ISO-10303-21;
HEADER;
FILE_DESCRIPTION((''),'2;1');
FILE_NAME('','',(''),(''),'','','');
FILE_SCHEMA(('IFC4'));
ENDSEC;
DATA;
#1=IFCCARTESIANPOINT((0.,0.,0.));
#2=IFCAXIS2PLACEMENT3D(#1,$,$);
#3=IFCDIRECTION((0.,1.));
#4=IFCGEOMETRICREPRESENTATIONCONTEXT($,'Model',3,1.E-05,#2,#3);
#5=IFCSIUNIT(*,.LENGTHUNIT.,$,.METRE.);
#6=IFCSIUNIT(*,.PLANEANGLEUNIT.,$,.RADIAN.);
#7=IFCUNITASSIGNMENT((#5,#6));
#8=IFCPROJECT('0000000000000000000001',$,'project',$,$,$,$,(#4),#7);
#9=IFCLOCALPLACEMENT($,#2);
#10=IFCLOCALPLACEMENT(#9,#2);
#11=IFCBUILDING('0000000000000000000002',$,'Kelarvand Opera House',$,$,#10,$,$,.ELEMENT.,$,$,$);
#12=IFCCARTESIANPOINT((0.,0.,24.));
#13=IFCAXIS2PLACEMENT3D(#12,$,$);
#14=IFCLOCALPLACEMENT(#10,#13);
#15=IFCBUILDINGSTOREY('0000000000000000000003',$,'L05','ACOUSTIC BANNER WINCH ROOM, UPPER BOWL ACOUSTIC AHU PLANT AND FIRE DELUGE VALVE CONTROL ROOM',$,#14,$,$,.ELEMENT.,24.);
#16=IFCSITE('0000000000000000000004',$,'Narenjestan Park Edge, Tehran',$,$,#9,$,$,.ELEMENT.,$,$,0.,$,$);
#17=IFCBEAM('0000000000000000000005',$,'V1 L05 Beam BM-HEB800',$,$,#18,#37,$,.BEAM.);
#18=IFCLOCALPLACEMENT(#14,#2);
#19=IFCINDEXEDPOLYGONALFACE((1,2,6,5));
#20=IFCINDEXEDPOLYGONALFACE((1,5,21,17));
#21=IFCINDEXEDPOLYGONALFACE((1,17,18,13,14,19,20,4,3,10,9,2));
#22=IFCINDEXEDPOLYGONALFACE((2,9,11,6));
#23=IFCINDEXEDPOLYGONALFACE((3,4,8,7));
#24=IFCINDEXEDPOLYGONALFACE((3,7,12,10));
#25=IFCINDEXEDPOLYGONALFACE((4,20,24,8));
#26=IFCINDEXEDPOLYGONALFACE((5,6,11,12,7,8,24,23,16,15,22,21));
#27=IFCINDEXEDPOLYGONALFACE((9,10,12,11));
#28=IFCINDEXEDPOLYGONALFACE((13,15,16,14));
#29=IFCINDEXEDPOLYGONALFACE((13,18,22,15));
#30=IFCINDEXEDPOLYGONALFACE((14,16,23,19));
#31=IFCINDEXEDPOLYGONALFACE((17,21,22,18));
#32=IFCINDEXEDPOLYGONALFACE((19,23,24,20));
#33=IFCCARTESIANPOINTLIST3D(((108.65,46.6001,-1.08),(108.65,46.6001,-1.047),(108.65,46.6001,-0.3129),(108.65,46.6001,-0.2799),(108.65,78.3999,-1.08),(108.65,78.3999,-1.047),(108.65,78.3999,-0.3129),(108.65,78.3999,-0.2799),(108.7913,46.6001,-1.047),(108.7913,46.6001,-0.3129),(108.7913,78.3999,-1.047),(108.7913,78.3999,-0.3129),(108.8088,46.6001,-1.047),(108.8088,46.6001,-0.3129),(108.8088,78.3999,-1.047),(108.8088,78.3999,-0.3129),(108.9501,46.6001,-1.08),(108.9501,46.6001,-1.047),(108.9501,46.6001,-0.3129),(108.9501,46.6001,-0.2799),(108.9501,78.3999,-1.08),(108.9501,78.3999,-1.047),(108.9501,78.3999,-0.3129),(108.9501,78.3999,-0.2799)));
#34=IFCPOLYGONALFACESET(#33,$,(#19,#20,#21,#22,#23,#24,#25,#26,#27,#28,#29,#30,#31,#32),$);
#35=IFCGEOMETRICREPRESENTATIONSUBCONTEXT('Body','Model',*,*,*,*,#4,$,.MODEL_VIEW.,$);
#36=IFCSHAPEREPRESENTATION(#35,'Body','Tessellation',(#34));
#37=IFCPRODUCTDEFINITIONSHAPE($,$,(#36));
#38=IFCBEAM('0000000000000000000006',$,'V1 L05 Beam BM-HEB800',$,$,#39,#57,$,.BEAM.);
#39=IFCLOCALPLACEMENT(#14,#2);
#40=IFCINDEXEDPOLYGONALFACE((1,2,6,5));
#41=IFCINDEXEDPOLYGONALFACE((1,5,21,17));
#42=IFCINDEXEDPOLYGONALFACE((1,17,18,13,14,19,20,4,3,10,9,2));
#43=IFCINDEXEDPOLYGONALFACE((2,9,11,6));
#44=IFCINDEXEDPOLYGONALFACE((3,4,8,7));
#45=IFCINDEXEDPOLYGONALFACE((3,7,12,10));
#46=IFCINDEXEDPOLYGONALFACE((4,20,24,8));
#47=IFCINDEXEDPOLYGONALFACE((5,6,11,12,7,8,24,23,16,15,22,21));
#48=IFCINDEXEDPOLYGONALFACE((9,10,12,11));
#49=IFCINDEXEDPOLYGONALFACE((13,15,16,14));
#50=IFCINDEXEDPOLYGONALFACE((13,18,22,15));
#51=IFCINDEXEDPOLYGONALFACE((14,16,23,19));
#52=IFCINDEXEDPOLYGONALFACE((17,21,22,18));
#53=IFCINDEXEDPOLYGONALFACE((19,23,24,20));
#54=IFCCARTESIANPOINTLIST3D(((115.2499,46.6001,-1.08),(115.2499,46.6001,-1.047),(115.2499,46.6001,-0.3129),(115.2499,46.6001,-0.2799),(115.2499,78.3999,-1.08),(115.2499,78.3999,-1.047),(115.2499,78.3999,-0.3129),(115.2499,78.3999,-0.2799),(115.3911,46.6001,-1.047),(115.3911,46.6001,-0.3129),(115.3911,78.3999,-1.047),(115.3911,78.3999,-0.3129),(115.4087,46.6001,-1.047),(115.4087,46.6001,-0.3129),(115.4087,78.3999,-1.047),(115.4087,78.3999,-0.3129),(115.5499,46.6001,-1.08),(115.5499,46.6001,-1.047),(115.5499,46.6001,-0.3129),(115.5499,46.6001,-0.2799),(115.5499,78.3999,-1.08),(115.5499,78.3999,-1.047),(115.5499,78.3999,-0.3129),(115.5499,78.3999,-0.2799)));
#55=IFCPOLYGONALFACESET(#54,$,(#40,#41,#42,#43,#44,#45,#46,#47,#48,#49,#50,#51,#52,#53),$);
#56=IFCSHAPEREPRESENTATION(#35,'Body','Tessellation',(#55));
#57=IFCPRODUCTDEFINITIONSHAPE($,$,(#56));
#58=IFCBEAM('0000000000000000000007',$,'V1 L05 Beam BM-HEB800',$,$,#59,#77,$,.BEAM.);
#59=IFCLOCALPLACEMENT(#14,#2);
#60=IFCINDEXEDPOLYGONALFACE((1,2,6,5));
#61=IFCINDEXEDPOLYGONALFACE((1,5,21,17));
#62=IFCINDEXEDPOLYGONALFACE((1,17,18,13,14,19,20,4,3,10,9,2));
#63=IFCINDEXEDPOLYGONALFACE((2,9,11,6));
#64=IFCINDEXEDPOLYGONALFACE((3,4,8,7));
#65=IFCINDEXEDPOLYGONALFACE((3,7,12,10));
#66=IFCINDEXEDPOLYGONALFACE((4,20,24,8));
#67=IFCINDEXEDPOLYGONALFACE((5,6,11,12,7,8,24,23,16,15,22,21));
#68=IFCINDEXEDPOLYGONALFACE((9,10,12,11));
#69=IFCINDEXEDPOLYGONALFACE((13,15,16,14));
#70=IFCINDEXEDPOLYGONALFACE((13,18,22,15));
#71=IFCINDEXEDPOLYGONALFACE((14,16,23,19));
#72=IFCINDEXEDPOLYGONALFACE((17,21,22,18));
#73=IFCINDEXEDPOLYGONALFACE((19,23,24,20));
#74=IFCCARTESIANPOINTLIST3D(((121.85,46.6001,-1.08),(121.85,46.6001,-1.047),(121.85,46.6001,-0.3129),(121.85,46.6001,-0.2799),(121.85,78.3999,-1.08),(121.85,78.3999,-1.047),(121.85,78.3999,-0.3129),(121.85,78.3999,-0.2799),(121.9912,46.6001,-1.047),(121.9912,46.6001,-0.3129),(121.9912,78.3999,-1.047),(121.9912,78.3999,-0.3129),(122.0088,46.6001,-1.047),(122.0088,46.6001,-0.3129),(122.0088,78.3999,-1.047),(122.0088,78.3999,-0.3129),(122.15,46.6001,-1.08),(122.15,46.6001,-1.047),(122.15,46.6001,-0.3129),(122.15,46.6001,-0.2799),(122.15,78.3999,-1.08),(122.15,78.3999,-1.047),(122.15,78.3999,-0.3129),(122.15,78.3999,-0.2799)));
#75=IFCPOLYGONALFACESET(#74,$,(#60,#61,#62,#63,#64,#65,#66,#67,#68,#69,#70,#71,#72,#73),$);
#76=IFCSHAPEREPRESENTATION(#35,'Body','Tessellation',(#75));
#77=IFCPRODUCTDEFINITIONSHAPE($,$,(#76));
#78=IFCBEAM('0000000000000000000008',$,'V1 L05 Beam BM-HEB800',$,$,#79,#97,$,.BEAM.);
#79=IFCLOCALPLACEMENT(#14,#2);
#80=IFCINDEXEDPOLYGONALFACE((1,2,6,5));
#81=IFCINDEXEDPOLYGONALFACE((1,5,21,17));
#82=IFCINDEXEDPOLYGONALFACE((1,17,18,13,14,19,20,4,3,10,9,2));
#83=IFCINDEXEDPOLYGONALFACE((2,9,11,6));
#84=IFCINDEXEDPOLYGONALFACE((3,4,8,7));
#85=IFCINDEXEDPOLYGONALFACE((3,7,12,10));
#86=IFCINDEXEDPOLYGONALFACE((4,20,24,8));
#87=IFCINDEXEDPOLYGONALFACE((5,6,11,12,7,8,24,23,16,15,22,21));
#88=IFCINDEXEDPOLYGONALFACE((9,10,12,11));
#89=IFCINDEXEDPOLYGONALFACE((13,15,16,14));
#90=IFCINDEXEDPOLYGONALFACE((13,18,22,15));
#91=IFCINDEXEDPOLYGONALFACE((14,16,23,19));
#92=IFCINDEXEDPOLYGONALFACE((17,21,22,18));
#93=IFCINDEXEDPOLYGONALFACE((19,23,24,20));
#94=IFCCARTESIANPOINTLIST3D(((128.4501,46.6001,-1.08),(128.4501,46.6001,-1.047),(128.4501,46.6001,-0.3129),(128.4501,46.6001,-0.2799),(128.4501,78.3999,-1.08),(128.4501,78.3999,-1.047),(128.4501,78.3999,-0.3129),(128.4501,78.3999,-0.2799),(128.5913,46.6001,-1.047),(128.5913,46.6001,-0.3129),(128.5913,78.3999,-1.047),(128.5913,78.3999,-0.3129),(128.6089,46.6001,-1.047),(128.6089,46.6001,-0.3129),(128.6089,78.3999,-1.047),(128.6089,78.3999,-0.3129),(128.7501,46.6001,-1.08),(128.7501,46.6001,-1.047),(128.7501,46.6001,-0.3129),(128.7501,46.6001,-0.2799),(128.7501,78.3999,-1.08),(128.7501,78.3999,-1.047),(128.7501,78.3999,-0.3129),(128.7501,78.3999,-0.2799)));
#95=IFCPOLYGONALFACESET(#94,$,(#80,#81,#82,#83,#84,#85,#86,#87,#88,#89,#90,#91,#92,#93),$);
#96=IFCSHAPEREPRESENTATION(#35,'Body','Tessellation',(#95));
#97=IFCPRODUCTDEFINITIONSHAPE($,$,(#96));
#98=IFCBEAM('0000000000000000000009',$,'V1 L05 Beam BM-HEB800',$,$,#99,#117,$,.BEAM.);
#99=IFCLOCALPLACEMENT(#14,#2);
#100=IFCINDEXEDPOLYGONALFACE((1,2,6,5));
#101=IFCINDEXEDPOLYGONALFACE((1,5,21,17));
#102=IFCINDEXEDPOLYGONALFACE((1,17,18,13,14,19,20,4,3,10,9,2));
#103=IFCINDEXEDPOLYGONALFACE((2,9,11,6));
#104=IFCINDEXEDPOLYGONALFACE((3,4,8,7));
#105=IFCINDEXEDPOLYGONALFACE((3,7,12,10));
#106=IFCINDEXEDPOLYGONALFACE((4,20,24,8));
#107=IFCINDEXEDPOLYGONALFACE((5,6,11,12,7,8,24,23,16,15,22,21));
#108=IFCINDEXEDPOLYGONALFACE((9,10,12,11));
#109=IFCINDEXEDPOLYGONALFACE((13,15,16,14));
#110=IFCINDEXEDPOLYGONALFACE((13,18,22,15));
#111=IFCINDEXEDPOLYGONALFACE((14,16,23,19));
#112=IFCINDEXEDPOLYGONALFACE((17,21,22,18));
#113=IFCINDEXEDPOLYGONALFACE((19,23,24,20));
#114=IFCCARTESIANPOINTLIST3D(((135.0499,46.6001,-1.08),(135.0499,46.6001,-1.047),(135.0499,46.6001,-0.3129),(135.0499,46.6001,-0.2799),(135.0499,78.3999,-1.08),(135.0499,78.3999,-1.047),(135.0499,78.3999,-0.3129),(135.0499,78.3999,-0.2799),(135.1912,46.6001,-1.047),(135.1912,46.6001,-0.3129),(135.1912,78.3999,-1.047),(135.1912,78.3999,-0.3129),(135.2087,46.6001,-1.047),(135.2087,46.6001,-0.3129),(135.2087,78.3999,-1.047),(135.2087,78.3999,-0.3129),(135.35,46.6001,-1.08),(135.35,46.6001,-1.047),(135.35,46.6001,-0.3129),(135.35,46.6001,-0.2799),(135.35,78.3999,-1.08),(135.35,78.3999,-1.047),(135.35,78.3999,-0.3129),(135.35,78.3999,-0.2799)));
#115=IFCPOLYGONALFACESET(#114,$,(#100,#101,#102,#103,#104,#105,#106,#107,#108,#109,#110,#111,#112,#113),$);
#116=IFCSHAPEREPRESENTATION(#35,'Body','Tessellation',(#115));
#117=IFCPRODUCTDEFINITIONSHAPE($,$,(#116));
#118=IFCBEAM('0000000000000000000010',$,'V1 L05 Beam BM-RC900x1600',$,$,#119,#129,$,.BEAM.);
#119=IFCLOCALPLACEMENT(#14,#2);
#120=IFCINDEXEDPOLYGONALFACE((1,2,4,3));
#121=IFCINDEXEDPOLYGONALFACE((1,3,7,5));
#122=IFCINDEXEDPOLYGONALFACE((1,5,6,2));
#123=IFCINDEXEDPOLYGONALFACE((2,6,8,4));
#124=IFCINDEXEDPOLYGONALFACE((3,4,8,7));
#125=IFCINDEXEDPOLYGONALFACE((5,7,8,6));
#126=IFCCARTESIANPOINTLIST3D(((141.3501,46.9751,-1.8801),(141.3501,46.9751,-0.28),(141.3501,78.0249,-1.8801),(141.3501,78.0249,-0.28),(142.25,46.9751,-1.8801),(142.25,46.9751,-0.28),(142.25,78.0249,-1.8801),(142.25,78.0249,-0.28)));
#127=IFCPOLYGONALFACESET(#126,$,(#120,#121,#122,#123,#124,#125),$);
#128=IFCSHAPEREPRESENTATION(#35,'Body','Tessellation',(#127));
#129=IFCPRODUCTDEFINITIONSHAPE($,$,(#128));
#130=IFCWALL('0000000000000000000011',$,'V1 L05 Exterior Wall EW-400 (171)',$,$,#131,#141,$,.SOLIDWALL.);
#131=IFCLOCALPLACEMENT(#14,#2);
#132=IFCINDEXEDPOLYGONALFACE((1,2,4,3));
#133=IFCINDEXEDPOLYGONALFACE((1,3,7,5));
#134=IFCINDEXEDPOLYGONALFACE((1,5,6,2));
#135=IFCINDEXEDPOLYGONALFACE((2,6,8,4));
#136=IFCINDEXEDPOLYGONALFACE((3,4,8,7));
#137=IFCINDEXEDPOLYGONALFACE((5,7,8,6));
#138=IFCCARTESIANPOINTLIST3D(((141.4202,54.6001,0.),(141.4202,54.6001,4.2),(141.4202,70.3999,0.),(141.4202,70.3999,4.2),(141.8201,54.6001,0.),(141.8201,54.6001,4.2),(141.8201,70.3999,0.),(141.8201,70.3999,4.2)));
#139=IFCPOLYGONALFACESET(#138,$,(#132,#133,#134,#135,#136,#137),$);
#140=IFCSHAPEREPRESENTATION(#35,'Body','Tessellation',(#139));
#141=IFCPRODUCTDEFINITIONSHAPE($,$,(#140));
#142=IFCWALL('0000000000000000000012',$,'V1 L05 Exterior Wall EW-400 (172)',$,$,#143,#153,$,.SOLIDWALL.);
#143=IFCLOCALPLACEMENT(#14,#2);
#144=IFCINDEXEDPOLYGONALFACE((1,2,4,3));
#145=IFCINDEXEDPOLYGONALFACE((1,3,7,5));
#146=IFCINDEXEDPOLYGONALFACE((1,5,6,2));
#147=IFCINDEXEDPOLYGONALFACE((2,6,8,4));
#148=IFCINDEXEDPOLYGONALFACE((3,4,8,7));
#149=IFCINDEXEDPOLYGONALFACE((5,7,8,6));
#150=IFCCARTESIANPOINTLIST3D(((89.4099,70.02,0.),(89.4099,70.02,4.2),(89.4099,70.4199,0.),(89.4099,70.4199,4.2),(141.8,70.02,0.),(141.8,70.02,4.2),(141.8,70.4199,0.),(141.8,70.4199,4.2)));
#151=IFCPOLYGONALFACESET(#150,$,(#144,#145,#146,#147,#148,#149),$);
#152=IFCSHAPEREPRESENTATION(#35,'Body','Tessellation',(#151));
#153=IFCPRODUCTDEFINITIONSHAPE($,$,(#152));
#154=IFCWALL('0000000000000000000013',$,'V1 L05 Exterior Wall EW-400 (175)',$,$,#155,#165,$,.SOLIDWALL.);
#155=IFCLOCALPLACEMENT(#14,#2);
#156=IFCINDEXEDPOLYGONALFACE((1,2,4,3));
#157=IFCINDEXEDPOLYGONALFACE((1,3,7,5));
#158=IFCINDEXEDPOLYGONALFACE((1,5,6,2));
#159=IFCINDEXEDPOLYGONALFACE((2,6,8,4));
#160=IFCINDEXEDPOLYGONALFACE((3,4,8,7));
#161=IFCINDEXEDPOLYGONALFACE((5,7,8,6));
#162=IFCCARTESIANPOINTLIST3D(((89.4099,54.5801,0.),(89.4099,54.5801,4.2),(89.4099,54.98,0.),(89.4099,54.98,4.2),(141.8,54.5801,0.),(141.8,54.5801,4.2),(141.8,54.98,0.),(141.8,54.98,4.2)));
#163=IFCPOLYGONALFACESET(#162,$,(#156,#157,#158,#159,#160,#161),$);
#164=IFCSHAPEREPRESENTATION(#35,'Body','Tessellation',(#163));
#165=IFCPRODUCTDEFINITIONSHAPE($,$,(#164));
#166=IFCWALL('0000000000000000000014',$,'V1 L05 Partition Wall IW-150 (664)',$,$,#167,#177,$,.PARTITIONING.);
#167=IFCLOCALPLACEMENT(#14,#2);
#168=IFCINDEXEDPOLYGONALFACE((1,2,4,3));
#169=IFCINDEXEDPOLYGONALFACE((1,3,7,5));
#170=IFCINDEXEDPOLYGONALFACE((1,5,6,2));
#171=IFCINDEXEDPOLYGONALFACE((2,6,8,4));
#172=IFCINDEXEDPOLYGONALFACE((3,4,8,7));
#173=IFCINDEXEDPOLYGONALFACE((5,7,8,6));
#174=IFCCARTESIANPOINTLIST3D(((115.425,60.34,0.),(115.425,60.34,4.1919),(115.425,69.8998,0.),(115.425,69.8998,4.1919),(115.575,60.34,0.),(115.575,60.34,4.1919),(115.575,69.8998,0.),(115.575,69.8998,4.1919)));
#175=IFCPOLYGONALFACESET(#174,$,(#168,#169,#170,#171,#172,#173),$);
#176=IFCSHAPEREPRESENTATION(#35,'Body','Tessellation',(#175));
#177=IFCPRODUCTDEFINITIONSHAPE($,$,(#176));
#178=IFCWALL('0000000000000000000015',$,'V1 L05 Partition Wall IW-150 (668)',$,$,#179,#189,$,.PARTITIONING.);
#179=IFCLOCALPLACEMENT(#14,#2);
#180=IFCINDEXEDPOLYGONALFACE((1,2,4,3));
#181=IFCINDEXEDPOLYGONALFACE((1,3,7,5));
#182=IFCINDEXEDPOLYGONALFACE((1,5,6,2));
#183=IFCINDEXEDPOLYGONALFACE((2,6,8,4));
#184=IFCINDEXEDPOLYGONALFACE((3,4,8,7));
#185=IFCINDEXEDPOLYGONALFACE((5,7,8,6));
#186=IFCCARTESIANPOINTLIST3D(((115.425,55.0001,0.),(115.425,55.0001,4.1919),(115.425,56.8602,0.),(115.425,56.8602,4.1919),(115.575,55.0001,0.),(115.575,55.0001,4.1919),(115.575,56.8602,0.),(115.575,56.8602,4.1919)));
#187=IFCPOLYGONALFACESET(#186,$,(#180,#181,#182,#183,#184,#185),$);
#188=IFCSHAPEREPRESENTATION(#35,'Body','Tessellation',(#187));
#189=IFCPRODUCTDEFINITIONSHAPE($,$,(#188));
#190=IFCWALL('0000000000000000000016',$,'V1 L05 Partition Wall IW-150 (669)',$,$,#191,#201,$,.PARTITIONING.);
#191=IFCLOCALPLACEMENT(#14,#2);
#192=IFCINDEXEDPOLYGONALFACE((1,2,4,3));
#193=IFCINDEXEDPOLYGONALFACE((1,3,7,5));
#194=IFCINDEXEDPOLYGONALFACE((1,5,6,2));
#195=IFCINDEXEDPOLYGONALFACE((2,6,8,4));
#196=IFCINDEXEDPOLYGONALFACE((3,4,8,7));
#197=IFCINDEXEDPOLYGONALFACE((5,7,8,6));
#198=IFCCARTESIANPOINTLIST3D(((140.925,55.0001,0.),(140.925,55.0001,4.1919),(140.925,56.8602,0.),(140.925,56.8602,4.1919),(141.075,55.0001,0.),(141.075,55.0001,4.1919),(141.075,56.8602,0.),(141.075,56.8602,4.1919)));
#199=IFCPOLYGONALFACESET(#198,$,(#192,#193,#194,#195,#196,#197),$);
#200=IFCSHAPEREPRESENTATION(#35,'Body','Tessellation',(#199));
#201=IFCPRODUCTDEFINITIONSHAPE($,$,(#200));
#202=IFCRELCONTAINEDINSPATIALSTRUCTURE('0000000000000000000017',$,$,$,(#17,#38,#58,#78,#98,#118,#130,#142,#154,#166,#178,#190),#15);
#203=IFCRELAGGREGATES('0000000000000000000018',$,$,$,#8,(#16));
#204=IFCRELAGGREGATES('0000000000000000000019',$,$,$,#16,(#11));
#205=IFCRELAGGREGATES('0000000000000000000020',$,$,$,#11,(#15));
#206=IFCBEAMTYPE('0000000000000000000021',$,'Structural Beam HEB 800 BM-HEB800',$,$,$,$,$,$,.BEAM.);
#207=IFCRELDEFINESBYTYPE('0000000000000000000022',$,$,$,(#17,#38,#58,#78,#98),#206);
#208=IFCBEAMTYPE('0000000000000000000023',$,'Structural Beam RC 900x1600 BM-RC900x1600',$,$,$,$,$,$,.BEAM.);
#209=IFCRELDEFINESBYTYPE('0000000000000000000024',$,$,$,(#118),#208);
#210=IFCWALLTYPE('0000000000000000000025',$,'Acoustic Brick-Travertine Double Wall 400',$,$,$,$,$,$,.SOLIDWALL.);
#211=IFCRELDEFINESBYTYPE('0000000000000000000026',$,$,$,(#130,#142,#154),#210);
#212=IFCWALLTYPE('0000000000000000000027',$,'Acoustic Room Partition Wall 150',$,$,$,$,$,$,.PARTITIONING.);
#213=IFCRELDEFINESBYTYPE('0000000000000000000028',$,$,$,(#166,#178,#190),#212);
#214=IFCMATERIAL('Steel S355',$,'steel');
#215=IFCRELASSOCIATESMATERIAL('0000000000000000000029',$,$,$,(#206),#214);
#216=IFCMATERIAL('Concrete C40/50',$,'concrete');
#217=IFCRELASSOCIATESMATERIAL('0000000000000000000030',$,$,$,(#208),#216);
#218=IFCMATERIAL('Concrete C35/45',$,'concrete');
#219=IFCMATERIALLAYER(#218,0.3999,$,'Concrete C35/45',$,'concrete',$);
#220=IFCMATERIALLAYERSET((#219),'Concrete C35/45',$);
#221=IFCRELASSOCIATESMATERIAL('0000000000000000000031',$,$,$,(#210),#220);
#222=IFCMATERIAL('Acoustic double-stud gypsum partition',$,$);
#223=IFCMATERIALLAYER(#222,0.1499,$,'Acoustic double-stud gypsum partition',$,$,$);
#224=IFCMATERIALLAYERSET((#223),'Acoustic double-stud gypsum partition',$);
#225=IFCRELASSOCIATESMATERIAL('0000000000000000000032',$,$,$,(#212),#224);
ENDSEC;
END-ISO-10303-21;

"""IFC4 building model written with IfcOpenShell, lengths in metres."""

from ifc_helpers import new_model, si_unit, direction, frame, frame_2d, origin, origin_2d, place, context, subcontext, project, spatial, rectangle, i_section, extrude, material, layer, layer_set, material_profile, profile_set, type_object, element, save


model = new_model("IFC4")

# Units and contexts
model_context = context("Model", 3, precision=1e-05, world=origin(), true_north=direction((0.0, 1.0)))
body_context = subcontext(model_context, "Body", "Model", "MODEL_VIEW")
ifc_project = project(units=[si_unit("LENGTHUNIT", "METRE"), si_unit("PLANEANGLEUNIT", "RADIAN")], contexts=[model_context])

# Site, building, storey
site_placement = place(None, origin())
site = spatial("IfcSite", under=ifc_project, at=site_placement, Name="Narenjestan Park Edge, Tehran", CompositionType="ELEMENT", RefElevation=0.0)
building_placement = place(site_placement, origin())
building = spatial("IfcBuilding", under=site, at=building_placement, Name="Kelarvand Opera House", CompositionType="ELEMENT")
storey_placement = place(building_placement, frame((0.0, 0.0, 24.0)))
storey = spatial("IfcBuildingStorey", under=building, at=storey_placement, Name="L05", Description="ACOUSTIC BANNER WINCH ROOM, UPPER BOWL ACOUSTIC AHU PLANT AND FIRE DELUGE VALVE CONTROL ROOM", CompositionType="ELEMENT", Elevation=24.0)

# Beams
ifc_material_1 = material(Name="Steel S355", Category="steel")
ifc_material_profile_1 = material_profile(ifc_material_1, i_section(OverallWidth=0.3, OverallDepth=0.8, WebThickness=0.0176, FlangeThickness=0.033, at=origin_2d()), Name="HEB 800", Category="steel")
ifc_profile_set_1 = profile_set([ifc_material_profile_1], Name="Steel S355")
beam_type_1 = type_object("IfcBeamType", Name="Structural Beam HEB 800 BM-HEB800", PredefinedType="BEAM", material=ifc_profile_set_1)
for number, where, z_axis, x_axis, name in (
    (1, (108.8, 46.6001, -0.6799), (0.0, 1.0, 0.0), (-1.0, 0.0, 0.0), "V1 L05 Beam BM-HEB800"),
    (2, (115.3999, 46.6001, -0.6799), (0.0, 1.0, 0.0), (-1.0, 0.0, 0.0), "V1 L05 Beam BM-HEB800"),
    (3, (122.0, 46.6001, -0.6799), (0.0, 1.0, 0.0), (-1.0, 0.0, 0.0), "V1 L05 Beam BM-HEB800"),
    (4, (128.6001, 46.6001, -0.6799), (0.0, 1.0, 0.0), (-1.0, 0.0, 0.0), "V1 L05 Beam BM-HEB800"),
    (5, (135.2, 46.6001, -0.6799), (0.0, 1.0, 0.0), (-1.0, 0.0, 0.0), "V1 L05 Beam BM-HEB800"),
):
    element("IfcBeam", number, at=place(storey_placement, frame(where, z_axis=z_axis, x_axis=x_axis)), inside=storey, type_object=beam_type_1, Name=name, PredefinedType="BEAM", context=body_context, shape_type="SweptSolid", body=[
        extrude(i_section(OverallWidth=0.3, OverallDepth=0.8, WebThickness=0.0176, FlangeThickness=0.033, at=origin_2d()), origin(), (0.0, 0.0, 1.0), 31.7998),
    ])
ifc_material_2 = material(Name="Concrete C40/50", Category="concrete")
ifc_material_profile_2 = material_profile(ifc_material_2, rectangle(XDim=0.8999, YDim=1.6001, at=origin_2d()), Name="RC 900x1600", Category="concrete")
ifc_profile_set_2 = profile_set([ifc_material_profile_2], Name="Concrete C40/50")
beam_type_2 = type_object("IfcBeamType", Name="Structural Beam RC 900x1600 BM-RC900x1600", PredefinedType="BEAM", material=ifc_profile_set_2)
beam_placement = place(storey_placement, frame((141.8, 46.9751, -1.0801), z_axis=(0.0, 1.0, 0.0), x_axis=(-1.0, 0.0, 0.0)))
element("IfcBeam", 6, at=beam_placement, inside=storey, type_object=beam_type_2, Name="V1 L05 Beam BM-RC900x1600", PredefinedType="BEAM", context=body_context, shape_type="SweptSolid", body=[
    extrude(rectangle(XDim=0.8999, YDim=1.6001, at=origin_2d()), origin(), (0.0, 0.0, 1.0), 31.0498),
])

# Walls
ifc_material_3 = material(Name="Concrete C35/45", Category="concrete")
ifc_layer_1 = layer(ifc_material_3, 0.3999, Name="Concrete C35/45", Category="concrete")
ifc_layer_set_1 = layer_set([ifc_layer_1], Name="Concrete C35/45")
wall_type_1 = type_object("IfcWallType", Name="Acoustic Brick-Travertine Double Wall 400", PredefinedType="SOLIDWALL", material=ifc_layer_set_1)
wall_1_placement = place(storey_placement, frame((141.6201, 70.3999, 0.0), z_axis=(0.0, 0.0, 1.0), x_axis=(0.0, -1.0, 0.0)))
element("IfcWall", 7, at=wall_1_placement, inside=storey, type_object=wall_type_1, Name="V1 L05 Exterior Wall EW-400 (171)", PredefinedType="SOLIDWALL", context=body_context, shape_type="SweptSolid", body=[
    extrude(rectangle(XDim=15.7998, YDim=0.3999, at=frame_2d((7.8999, 0.0))), origin(), (0.0, 0.0, 1.0), 4.2),
])
for number, where, z_axis, x_axis, name in (
    (8, (89.4099, 70.22, 0.0), (0.0, 0.0, 1.0), (1.0, 0.0, 0.0), "V1 L05 Exterior Wall EW-400 (172)"),
    (9, (141.8, 54.78, 0.0), (0.0, 0.0, 1.0), (-1.0, 0.0, 0.0), "V1 L05 Exterior Wall EW-400 (175)"),
):
    element("IfcWall", number, at=place(storey_placement, frame(where, z_axis=z_axis, x_axis=x_axis)), inside=storey, type_object=wall_type_1, Name=name, PredefinedType="SOLIDWALL", context=body_context, shape_type="SweptSolid", body=[
        extrude(rectangle(XDim=52.3901, YDim=0.3999, at=frame_2d((26.1951, 0.0))), origin(), (0.0, 0.0, 1.0), 4.2),
    ])
ifc_material_4 = material(Name="Acoustic double-stud gypsum partition")
ifc_layer_2 = layer(ifc_material_4, 0.1499, Name="Acoustic double-stud gypsum partition")
ifc_layer_set_2 = layer_set([ifc_layer_2], Name="Acoustic double-stud gypsum partition")
wall_type_2 = type_object("IfcWallType", Name="Acoustic Room Partition Wall 150", PredefinedType="PARTITIONING", material=ifc_layer_set_2)
wall_2_placement = place(storey_placement, frame((115.5, 60.3401, 0.0), z_axis=(0.0, 0.0, 1.0), x_axis=(0.0, 1.0, 0.0)))
element("IfcWall", 10, at=wall_2_placement, inside=storey, type_object=wall_type_2, Name="V1 L05 Partition Wall IW-150 (664)", PredefinedType="PARTITIONING", context=body_context, shape_type="SweptSolid", body=[
    extrude(rectangle(XDim=9.5598, YDim=0.1499, at=frame_2d((4.7798, 0.0))), origin(), (0.0, 0.0, 1.0), 4.1919),
])
for number, where, z_axis, x_axis, name in (
    (11, (115.5, 55.0, 0.0), (0.0, 0.0, 1.0), (0.0, 1.0, 0.0), "V1 L05 Partition Wall IW-150 (668)"),
    (12, (141.0, 55.0, 0.0), (0.0, 0.0, 1.0), (0.0, 1.0, 0.0), "V1 L05 Partition Wall IW-150 (669)"),
):
    element("IfcWall", number, at=place(storey_placement, frame(where, z_axis=z_axis, x_axis=x_axis)), inside=storey, type_object=wall_type_2, Name=name, PredefinedType="PARTITIONING", context=body_context, shape_type="SweptSolid", body=[
        extrude(rectangle(XDim=1.8601, YDim=0.1499, at=frame_2d((0.9302, 0.0))), origin(), (0.0, 0.0, 1.0), 4.1919),
    ])

save(model, "model.ifc")
